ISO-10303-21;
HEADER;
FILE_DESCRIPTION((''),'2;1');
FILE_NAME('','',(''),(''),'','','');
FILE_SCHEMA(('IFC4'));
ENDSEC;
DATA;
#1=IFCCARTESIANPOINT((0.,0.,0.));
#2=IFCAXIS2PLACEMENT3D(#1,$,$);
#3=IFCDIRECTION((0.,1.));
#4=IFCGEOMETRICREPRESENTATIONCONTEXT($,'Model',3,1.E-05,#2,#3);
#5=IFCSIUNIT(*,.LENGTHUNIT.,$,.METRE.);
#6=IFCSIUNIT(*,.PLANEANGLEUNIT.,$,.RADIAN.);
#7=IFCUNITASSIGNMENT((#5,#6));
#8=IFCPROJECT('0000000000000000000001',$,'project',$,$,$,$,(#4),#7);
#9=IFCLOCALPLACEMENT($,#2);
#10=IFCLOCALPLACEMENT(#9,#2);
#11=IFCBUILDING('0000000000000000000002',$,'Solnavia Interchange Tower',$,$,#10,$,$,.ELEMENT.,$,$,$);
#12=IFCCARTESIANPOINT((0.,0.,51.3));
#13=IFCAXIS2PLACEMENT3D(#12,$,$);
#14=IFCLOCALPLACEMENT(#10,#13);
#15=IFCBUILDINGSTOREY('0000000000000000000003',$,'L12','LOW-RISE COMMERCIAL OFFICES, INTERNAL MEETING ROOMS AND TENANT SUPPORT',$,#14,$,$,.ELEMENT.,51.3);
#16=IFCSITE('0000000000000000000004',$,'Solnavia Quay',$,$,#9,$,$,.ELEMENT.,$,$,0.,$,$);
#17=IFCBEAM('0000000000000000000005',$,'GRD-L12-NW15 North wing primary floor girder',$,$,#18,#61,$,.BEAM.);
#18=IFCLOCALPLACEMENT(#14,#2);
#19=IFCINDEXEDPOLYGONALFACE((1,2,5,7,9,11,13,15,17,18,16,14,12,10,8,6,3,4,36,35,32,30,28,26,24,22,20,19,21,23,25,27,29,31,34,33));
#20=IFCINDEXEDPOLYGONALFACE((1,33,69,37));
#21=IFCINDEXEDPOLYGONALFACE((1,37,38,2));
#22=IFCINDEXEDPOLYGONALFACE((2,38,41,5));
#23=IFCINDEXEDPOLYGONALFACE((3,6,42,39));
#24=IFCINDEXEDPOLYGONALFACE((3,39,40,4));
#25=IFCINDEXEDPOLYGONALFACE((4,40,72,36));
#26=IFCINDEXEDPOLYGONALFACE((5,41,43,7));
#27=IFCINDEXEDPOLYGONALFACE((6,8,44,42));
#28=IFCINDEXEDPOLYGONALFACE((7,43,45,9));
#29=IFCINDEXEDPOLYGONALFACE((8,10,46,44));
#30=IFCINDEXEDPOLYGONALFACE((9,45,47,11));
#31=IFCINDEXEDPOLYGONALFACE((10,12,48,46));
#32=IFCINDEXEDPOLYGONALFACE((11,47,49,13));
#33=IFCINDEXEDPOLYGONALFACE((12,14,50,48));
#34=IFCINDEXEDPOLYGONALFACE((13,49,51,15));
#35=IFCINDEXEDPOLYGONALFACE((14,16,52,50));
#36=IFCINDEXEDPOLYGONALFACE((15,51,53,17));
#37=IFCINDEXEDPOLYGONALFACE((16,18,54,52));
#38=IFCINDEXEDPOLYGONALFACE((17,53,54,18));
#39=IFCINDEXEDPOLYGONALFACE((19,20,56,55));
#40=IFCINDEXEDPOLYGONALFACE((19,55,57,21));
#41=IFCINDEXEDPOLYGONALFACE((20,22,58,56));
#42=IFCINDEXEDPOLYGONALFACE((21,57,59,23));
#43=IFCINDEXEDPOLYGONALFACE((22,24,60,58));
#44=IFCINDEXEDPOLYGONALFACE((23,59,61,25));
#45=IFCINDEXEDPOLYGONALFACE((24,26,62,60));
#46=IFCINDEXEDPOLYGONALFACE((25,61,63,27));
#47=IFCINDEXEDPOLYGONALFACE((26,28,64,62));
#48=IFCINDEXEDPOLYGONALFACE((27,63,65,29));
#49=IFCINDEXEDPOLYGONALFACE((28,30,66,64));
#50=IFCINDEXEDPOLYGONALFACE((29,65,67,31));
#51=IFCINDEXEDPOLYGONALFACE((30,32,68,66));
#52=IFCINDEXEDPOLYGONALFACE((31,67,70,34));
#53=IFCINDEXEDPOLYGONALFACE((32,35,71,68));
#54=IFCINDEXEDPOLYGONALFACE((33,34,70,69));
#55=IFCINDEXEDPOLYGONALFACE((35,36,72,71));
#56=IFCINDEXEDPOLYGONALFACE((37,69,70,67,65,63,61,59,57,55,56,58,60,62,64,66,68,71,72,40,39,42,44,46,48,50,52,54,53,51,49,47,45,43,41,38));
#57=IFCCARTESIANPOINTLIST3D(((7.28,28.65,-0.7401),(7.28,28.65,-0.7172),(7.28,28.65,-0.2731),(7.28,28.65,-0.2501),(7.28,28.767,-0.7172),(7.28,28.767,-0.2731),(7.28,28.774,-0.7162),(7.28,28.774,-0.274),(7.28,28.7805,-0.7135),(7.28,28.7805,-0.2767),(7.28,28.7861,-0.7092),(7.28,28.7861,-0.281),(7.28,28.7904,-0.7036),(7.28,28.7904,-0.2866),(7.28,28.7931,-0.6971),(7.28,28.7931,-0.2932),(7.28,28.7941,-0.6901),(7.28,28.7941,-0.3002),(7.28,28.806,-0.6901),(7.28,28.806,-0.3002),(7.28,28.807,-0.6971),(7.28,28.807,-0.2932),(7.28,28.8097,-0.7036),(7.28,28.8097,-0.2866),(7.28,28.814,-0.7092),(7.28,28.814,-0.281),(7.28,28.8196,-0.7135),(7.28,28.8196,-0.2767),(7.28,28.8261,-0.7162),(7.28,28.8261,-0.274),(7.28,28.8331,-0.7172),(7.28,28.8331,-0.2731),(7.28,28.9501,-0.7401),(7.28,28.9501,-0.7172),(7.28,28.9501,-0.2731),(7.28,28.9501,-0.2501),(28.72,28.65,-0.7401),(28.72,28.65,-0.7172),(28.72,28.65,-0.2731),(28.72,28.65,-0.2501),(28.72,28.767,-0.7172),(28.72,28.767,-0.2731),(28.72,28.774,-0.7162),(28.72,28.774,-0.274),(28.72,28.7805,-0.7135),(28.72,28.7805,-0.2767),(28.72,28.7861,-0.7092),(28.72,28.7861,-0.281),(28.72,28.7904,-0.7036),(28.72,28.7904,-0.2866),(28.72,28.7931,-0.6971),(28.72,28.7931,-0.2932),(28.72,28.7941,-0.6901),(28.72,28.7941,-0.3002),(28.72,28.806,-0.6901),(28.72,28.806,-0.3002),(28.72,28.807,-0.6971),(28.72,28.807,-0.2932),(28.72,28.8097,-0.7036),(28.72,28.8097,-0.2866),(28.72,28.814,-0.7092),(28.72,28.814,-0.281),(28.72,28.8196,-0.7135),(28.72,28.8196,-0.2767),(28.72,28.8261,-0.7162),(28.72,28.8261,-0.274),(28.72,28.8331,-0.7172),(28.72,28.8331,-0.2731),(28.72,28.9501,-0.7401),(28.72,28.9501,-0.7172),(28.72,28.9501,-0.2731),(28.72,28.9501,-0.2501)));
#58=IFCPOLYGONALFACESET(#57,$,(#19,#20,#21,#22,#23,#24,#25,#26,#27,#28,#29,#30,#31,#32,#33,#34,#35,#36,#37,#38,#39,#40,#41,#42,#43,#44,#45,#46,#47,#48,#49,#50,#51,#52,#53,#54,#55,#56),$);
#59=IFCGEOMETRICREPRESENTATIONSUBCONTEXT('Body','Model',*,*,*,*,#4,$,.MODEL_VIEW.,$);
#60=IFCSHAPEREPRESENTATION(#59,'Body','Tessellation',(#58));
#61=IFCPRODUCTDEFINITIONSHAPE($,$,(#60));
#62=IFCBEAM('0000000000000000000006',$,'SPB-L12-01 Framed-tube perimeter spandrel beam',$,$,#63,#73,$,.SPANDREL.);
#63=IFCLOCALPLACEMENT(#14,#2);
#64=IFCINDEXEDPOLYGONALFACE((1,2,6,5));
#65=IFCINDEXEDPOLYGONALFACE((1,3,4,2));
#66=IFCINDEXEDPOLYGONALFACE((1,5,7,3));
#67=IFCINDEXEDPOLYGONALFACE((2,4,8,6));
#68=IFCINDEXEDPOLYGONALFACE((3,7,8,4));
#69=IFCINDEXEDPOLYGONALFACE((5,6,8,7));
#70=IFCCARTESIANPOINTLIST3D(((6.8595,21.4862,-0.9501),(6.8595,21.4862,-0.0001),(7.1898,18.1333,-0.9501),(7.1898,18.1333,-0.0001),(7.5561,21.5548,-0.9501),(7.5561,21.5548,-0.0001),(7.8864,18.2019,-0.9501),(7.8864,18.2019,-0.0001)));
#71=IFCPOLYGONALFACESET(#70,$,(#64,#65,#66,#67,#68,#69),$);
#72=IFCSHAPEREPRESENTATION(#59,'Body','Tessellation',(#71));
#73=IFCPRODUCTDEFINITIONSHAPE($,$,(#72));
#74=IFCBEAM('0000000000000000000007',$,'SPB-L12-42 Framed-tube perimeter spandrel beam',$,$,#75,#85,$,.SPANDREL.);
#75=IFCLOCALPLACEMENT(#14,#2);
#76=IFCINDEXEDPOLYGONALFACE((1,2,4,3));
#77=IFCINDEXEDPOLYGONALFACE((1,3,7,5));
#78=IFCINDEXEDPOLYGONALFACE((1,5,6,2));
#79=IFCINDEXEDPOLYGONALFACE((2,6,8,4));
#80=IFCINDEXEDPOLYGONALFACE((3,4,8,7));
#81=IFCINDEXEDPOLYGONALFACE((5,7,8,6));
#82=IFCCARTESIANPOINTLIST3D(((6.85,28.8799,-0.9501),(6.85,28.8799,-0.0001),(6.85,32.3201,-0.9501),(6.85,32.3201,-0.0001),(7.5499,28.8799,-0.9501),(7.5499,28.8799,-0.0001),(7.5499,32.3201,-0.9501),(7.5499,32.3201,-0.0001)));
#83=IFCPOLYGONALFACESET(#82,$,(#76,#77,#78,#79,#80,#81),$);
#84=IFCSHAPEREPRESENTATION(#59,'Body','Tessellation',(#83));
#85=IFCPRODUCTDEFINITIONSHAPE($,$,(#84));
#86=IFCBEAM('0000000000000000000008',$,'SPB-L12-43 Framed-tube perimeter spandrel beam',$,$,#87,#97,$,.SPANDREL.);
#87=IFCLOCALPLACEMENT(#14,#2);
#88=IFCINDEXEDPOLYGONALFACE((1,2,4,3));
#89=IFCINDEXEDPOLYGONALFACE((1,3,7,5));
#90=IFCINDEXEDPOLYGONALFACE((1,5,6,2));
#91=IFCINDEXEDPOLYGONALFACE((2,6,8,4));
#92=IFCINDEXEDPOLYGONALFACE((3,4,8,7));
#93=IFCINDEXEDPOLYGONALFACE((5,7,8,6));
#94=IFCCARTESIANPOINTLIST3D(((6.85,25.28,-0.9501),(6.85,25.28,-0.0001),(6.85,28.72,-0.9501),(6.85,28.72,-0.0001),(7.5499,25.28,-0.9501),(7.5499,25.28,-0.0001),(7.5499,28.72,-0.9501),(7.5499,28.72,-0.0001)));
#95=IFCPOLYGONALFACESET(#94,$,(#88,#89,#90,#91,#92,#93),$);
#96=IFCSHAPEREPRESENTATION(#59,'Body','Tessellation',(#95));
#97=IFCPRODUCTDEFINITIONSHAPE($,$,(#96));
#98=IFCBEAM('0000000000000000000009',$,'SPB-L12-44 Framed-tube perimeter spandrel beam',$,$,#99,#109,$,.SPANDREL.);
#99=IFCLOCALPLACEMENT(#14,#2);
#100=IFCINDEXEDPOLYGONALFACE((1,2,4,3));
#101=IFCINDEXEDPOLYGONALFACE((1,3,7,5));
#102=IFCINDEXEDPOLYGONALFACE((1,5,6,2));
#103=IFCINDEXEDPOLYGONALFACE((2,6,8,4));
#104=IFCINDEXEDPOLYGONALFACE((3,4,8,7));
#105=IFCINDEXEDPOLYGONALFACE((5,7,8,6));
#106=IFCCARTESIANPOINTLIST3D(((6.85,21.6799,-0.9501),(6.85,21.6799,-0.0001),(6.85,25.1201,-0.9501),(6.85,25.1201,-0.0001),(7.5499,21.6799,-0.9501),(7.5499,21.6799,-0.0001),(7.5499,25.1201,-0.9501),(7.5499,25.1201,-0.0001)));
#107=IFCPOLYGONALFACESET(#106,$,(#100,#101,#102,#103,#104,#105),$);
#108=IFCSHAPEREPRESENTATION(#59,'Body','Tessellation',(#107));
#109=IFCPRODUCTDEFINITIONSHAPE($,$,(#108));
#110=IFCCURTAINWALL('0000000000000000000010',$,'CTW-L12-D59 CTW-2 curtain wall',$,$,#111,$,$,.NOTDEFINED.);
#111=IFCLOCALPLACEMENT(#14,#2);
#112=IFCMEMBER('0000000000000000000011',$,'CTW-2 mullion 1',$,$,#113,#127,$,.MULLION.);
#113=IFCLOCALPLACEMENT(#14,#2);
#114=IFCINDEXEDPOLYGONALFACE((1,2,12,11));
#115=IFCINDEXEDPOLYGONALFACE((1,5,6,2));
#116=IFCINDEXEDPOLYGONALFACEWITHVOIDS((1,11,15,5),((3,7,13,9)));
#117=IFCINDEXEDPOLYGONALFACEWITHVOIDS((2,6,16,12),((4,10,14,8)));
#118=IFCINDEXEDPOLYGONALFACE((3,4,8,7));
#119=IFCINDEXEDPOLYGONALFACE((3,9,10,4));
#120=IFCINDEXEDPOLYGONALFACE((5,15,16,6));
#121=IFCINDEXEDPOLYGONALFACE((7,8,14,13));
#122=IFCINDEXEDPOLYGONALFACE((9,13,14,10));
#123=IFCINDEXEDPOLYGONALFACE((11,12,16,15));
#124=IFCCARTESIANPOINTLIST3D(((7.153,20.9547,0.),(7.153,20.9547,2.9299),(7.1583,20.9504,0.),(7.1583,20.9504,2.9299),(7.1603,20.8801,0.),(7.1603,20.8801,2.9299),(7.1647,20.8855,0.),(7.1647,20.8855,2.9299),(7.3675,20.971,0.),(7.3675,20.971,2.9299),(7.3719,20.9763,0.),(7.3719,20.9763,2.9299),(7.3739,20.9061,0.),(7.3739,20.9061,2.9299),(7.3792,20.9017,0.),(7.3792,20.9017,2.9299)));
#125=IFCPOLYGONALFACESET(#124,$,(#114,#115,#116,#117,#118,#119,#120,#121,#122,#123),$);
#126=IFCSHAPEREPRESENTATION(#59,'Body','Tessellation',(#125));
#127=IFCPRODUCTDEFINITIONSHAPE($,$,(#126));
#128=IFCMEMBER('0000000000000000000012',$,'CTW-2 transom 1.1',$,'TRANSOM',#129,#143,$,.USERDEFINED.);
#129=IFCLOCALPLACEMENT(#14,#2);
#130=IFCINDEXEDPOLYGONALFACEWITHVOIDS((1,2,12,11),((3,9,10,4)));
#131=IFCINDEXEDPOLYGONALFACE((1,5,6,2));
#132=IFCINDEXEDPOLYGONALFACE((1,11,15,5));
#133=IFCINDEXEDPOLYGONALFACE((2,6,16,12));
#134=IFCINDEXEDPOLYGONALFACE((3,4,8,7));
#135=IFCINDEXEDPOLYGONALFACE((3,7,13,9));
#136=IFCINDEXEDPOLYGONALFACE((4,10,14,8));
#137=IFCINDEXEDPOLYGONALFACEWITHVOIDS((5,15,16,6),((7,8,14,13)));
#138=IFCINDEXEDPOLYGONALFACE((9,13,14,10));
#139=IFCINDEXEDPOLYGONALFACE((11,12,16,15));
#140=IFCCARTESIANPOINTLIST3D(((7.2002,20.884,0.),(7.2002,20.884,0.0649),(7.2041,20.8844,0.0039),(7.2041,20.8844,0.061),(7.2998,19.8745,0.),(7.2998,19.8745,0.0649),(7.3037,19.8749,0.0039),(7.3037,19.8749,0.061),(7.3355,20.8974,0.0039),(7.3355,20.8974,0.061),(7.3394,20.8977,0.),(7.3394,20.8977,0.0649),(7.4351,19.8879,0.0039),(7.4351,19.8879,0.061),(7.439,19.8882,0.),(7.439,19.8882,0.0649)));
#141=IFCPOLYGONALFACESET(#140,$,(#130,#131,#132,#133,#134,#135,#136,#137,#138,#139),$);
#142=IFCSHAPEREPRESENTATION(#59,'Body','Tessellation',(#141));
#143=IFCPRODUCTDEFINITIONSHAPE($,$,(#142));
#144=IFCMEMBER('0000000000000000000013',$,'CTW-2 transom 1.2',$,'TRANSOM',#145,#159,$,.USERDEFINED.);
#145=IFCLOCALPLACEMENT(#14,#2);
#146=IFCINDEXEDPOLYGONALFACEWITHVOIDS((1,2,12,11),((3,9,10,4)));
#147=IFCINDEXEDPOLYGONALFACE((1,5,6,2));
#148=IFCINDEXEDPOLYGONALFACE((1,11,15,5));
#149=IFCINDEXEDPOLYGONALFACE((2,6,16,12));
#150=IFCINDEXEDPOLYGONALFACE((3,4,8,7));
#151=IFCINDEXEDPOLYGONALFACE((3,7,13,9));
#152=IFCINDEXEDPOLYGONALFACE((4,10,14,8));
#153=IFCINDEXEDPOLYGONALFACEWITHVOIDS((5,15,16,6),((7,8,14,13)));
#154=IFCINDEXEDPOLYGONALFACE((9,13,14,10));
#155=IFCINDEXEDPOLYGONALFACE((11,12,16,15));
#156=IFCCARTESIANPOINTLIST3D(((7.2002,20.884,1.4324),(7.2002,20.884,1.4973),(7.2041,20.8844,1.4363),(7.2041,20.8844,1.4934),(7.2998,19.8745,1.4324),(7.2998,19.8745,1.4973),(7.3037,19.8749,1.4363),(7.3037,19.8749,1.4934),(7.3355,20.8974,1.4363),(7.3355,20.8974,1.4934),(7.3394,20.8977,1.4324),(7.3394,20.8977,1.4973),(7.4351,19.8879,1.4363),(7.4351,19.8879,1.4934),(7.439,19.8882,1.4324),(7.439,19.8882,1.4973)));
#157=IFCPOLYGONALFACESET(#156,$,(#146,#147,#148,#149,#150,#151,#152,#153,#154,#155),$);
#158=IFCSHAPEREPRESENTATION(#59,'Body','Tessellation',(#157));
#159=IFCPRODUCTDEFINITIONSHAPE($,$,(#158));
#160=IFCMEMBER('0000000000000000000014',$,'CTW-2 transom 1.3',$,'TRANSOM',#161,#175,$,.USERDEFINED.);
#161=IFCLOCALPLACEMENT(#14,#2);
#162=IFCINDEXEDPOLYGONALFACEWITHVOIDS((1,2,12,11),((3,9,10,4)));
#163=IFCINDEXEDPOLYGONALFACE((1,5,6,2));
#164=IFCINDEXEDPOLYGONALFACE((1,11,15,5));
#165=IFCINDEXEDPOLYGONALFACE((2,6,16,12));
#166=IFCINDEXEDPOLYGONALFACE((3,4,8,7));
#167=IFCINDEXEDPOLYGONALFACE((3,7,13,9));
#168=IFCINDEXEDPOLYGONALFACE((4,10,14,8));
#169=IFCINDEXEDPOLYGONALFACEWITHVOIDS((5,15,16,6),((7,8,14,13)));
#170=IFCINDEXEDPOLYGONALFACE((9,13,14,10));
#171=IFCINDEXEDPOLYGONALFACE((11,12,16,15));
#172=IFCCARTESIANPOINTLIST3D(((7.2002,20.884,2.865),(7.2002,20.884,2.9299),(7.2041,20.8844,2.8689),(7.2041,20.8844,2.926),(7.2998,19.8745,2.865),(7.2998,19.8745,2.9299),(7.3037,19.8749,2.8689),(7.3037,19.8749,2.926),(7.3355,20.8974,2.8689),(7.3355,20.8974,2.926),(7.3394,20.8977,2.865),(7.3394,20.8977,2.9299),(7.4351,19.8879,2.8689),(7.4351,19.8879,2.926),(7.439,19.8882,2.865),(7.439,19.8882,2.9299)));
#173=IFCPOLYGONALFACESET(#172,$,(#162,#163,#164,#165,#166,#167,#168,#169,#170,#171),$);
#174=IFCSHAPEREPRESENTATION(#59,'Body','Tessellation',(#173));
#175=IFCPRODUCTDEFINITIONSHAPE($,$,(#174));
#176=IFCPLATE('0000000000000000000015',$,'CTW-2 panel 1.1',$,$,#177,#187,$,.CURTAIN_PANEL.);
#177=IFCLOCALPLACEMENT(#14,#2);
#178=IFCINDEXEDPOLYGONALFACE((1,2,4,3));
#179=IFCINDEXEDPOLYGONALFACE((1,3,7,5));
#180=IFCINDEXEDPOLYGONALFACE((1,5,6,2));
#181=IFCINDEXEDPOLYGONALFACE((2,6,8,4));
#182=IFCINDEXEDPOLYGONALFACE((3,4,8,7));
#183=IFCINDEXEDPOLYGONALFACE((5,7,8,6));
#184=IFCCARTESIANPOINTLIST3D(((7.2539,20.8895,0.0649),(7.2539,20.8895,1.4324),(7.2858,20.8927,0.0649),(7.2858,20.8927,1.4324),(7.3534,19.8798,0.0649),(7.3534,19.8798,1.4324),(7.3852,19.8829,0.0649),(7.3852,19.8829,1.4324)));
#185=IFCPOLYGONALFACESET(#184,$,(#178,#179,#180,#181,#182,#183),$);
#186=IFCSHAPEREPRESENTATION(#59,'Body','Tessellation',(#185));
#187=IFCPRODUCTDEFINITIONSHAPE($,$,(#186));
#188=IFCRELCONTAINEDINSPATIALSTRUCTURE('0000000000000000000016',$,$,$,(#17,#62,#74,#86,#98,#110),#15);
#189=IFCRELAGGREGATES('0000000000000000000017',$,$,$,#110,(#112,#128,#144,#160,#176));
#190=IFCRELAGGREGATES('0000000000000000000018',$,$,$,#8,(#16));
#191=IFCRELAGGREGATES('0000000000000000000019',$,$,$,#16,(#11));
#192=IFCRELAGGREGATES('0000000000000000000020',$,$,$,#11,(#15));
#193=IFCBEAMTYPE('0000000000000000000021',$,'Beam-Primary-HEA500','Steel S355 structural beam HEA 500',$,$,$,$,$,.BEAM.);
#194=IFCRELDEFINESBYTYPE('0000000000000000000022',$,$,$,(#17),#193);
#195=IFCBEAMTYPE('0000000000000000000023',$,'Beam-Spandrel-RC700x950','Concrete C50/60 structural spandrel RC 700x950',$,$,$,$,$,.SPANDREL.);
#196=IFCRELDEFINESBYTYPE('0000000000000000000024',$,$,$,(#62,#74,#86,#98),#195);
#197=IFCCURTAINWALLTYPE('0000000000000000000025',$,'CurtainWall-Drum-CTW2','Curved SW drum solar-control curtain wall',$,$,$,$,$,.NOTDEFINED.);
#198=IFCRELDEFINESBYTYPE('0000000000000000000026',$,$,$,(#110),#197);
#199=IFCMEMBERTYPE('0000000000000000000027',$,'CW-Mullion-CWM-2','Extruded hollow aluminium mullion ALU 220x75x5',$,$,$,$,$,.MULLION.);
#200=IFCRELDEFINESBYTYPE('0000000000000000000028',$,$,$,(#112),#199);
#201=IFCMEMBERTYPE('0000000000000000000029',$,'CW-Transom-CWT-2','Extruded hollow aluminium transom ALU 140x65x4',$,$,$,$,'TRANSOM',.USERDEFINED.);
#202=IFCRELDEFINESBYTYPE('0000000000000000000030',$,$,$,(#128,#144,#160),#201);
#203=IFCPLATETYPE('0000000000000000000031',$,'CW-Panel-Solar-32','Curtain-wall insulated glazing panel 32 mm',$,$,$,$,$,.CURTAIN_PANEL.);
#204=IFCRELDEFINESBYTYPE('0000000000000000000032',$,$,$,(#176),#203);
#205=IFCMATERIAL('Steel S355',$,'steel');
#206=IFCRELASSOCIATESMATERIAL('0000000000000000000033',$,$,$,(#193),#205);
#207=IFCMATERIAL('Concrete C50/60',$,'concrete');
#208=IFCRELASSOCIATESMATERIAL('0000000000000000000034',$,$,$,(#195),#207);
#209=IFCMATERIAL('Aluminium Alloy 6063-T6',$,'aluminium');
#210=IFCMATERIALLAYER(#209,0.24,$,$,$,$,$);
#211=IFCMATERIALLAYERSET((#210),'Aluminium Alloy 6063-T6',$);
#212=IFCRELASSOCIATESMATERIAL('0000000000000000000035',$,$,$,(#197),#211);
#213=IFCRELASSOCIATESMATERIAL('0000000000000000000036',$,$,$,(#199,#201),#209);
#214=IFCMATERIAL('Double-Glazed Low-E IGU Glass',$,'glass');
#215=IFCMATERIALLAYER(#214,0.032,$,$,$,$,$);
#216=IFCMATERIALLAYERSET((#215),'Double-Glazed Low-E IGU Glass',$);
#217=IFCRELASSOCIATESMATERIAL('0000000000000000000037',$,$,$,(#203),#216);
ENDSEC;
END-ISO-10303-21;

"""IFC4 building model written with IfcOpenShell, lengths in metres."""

from ifc_helpers import new_model, si_unit, direction, frame, origin, origin_2d, place, context, subcontext, project, spatial, rectangle, hollow_rectangle, i_section, extrude, material, layer, layer_set, material_profile, profile_set, type_object, element, aggregate, save


model = new_model("IFC4")

# Units and contexts
model_context = context("Model", 3, precision=1e-05, world=origin(), true_north=direction((0.0, 1.0)))
body_context = subcontext(model_context, "Body", "Model", "MODEL_VIEW")
ifc_project = project(units=[si_unit("LENGTHUNIT", "METRE"), si_unit("PLANEANGLEUNIT", "RADIAN")], contexts=[model_context])

# Site, building, storey
site_placement = place(None, origin())
site = spatial("IfcSite", under=ifc_project, at=site_placement, Name="Solnavia Quay", CompositionType="ELEMENT", RefElevation=0.0)
building_placement = place(site_placement, origin())
building = spatial("IfcBuilding", under=site, at=building_placement, Name="Solnavia Interchange Tower", CompositionType="ELEMENT")
storey_placement = place(building_placement, frame((0.0, 0.0, 51.3)))
storey = spatial("IfcBuildingStorey", under=building, at=storey_placement, Name="L12", Description="LOW-RISE COMMERCIAL OFFICES, INTERNAL MEETING ROOMS AND TENANT SUPPORT", CompositionType="ELEMENT", Elevation=51.3)

# Beams
ifc_material_1 = material(Name="Steel S355", Category="steel")
ifc_material_profile_1 = material_profile(ifc_material_1, i_section(OverallWidth=0.3, OverallDepth=0.49, WebThickness=0.012, FlangeThickness=0.0229, FilletRadius=0.0271, at=origin_2d()), Name="HEA 500")
ifc_profile_set_1 = profile_set([ifc_material_profile_1], Name="Steel S355")
beam_type_1 = type_object("IfcBeamType", Name="Beam-Primary-HEA500", Description="Steel S355 structural beam HEA 500", PredefinedType="BEAM", material=ifc_profile_set_1)
beam_1_placement = place(storey_placement, frame((7.28, 28.8, -0.4951), z_axis=(1.0, 0.0, 0.0), x_axis=(0.0, 1.0, 0.0)))
element("IfcBeam", 1, at=beam_1_placement, inside=storey, type_object=beam_type_1, Name="GRD-L12-NW15 North wing primary floor girder", PredefinedType="BEAM", context=body_context, shape_type="SweptSolid", body=[
    extrude(i_section(OverallWidth=0.3, OverallDepth=0.49, WebThickness=0.012, FlangeThickness=0.0229, FilletRadius=0.0271, at=origin_2d()), origin(), (0.0, 0.0, 1.0), 21.4399),
])
ifc_material_2 = material(Name="Concrete C50/60", Category="concrete")
ifc_material_profile_2 = material_profile(ifc_material_2, rectangle(XDim=0.7, YDim=0.95, at=origin_2d()), Name="RC 700x950")
ifc_profile_set_2 = profile_set([ifc_material_profile_2], Name="Concrete C50/60")
beam_type_2 = type_object("IfcBeamType", Name="Beam-Spandrel-RC700x950", Description="Concrete C50/60 structural spandrel RC 700x950", PredefinedType="SPANDREL", material=ifc_profile_set_2)
beam_2_placement = place(storey_placement, frame((7.2078, 21.5205, -0.4751), z_axis=(0.09804, -0.995182, 0.0), x_axis=(0.995182, 0.09804, 0.0)))
element("IfcBeam", 2, at=beam_2_placement, inside=storey, type_object=beam_type_2, Name="SPB-L12-01 Framed-tube perimeter spandrel beam", PredefinedType="SPANDREL", context=body_context, shape_type="SweptSolid", body=[
    extrude(rectangle(XDim=0.7, YDim=0.95, at=origin_2d()), origin(), (0.0, 0.0, 1.0), 3.3691),
])
beam_3_placement = place(storey_placement, frame((7.2, 32.3201, -0.4751), z_axis=(0.0, -1.0, 0.0), x_axis=(1.0, 0.0, 0.0)))
element("IfcBeam", 3, at=beam_3_placement, inside=storey, type_object=beam_type_2, Name="SPB-L12-42 Framed-tube perimeter spandrel beam", PredefinedType="SPANDREL", context=body_context, shape_type="SweptSolid", body=[
    extrude(rectangle(XDim=0.7, YDim=0.95, at=origin_2d()), origin(), (0.0, 0.0, 1.0), 3.4402),
])
beam_4_placement = place(storey_placement, frame((7.2, 28.72, -0.4751), z_axis=(0.0, -1.0, 0.0), x_axis=(1.0, 0.0, 0.0)))
element("IfcBeam", 4, at=beam_4_placement, inside=storey, type_object=beam_type_2, Name="SPB-L12-43 Framed-tube perimeter spandrel beam", PredefinedType="SPANDREL", context=body_context, shape_type="SweptSolid", body=[
    extrude(rectangle(XDim=0.7, YDim=0.95, at=origin_2d()), origin(), (0.0, 0.0, 1.0), 3.4399),
])
beam_5_placement = place(storey_placement, frame((7.2, 25.1201, -0.4751), z_axis=(0.0, -1.0, 0.0), x_axis=(1.0, 0.0, 0.0)))
element("IfcBeam", 5, at=beam_5_placement, inside=storey, type_object=beam_type_2, Name="SPB-L12-44 Framed-tube perimeter spandrel beam", PredefinedType="SPANDREL", context=body_context, shape_type="SweptSolid", body=[
    extrude(rectangle(XDim=0.7, YDim=0.95, at=origin_2d()), origin(), (0.0, 0.0, 1.0), 3.4402),
])

# Curtain wall, members, plate
ifc_material_3 = material(Name="Aluminium Alloy 6063-T6", Category="aluminium")
ifc_layer_1 = layer(ifc_material_3, 0.24)
ifc_layer_set_1 = layer_set([ifc_layer_1], Name="Aluminium Alloy 6063-T6")
curtain_wall_type = type_object("IfcCurtainWallType", Name="CurtainWall-Drum-CTW2", Description="Curved SW drum solar-control curtain wall", PredefinedType="NOTDEFINED", material=ifc_layer_set_1)
curtain_wall_placement = place(storey_placement, origin())
curtain_wall = element("IfcCurtainWall", 6, at=curtain_wall_placement, inside=storey, type_object=curtain_wall_type, Name="CTW-L12-D59 CTW-2 curtain wall", PredefinedType="NOTDEFINED")
ifc_material_profile_3 = material_profile(ifc_material_3, hollow_rectangle(XDim=0.075, YDim=0.22, WallThickness=0.0049, at=origin_2d()), Name="ALU 220x75x5")
ifc_profile_set_3 = profile_set([ifc_material_profile_3], Name="Aluminium Alloy 6063-T6")
member_type_1 = type_object("IfcMemberType", Name="CW-Mullion-CWM-2", Description="Extruded hollow aluminium mullion ALU 220x75x5", PredefinedType="MULLION", material=ifc_profile_set_3)
member_1_placement = place(storey_placement, frame((7.2661, 20.9282, 0.0), z_axis=(0.0, 0.0, 1.0), x_axis=(0.098045, -0.995182, 0.0)))
member_1 = element("IfcMember", 7, at=member_1_placement, type_object=member_type_1, Name="CTW-2 mullion 1", PredefinedType="MULLION", context=body_context, shape_type="SweptSolid", body=[
    extrude(hollow_rectangle(XDim=0.075, YDim=0.22, WallThickness=0.0049, at=origin_2d()), origin(), (0.0, 0.0, 1.0), 2.9299),
])
ifc_material_profile_4 = material_profile(ifc_material_3, hollow_rectangle(XDim=0.0649, YDim=0.1399, WallThickness=0.0039, at=origin_2d()), Name="ALU 140x65x4")
ifc_profile_set_4 = profile_set([ifc_material_profile_4], Name="Aluminium Alloy 6063-T6")
member_type_2 = type_object("IfcMemberType", Name="CW-Transom-CWT-2", Description="Extruded hollow aluminium transom ALU 140x65x4", ElementType="TRANSOM", PredefinedType="USERDEFINED", material=ifc_profile_set_4)
member_2_placement = place(storey_placement, frame((7.2698, 20.8909, 0.0325), z_axis=(0.098193, -0.995167, 0.0), x_axis=(0.0, 0.0, 1.0)))
member_2 = element("IfcMember", 8, at=member_2_placement, type_object=member_type_2, Name="CTW-2 transom 1.1", ObjectType="TRANSOM", PredefinedType="USERDEFINED", context=body_context, shape_type="SweptSolid", body=[
    extrude(hollow_rectangle(XDim=0.0649, YDim=0.1399, WallThickness=0.0039, at=origin_2d()), origin(), (0.0, 0.0, 1.0), 1.0144),
])
member_3_placement = place(storey_placement, frame((7.2698, 20.8909, 1.4648), z_axis=(0.098193, -0.995167, 0.0), x_axis=(0.0, 0.0, 1.0)))
member_3 = element("IfcMember", 9, at=member_3_placement, type_object=member_type_2, Name="CTW-2 transom 1.2", ObjectType="TRANSOM", PredefinedType="USERDEFINED", context=body_context, shape_type="SweptSolid", body=[
    extrude(hollow_rectangle(XDim=0.0649, YDim=0.1399, WallThickness=0.0039, at=origin_2d()), origin(), (0.0, 0.0, 1.0), 1.0144),
])
member_4_placement = place(storey_placement, frame((7.2698, 20.8909, 2.8975), z_axis=(0.098193, -0.995167, 0.0), x_axis=(0.0, 0.0, 1.0)))
member_4 = element("IfcMember", 10, at=member_4_placement, type_object=member_type_2, Name="CTW-2 transom 1.3", ObjectType="TRANSOM", PredefinedType="USERDEFINED", context=body_context, shape_type="SweptSolid", body=[
    extrude(hollow_rectangle(XDim=0.0649, YDim=0.1399, WallThickness=0.0039, at=origin_2d()), origin(), (0.0, 0.0, 1.0), 1.0144),
])
ifc_material_4 = material(Name="Double-Glazed Low-E IGU Glass", Category="glass")
ifc_layer_2 = layer(ifc_material_4, 0.032)
ifc_layer_set_2 = layer_set([ifc_layer_2], Name="Double-Glazed Low-E IGU Glass")
plate_type = type_object("IfcPlateType", Name="CW-Panel-Solar-32", Description="Curtain-wall insulated glazing panel 32 mm", PredefinedType="CURTAIN_PANEL", material=ifc_layer_set_2)
plate_1_placement = place(storey_placement, frame((7.3196, 20.3862, 0.0649), z_axis=(0.0, 0.0, 1.0), x_axis=(0.098045, -0.995182, 0.0)))
plate_1 = element("IfcPlate", 11, at=plate_1_placement, type_object=plate_type, Name="CTW-2 panel 1.1", PredefinedType="CURTAIN_PANEL", context=body_context, shape_type="SweptSolid", body=[
    extrude(rectangle(XDim=1.0146, YDim=0.032, at=origin_2d()), origin(), (0.0, 0.0, 1.0), 1.3674),
])
aggregate(curtain_wall, [member_1, member_2, member_3, member_4, plate_1])

save(model, "model.ifc")
